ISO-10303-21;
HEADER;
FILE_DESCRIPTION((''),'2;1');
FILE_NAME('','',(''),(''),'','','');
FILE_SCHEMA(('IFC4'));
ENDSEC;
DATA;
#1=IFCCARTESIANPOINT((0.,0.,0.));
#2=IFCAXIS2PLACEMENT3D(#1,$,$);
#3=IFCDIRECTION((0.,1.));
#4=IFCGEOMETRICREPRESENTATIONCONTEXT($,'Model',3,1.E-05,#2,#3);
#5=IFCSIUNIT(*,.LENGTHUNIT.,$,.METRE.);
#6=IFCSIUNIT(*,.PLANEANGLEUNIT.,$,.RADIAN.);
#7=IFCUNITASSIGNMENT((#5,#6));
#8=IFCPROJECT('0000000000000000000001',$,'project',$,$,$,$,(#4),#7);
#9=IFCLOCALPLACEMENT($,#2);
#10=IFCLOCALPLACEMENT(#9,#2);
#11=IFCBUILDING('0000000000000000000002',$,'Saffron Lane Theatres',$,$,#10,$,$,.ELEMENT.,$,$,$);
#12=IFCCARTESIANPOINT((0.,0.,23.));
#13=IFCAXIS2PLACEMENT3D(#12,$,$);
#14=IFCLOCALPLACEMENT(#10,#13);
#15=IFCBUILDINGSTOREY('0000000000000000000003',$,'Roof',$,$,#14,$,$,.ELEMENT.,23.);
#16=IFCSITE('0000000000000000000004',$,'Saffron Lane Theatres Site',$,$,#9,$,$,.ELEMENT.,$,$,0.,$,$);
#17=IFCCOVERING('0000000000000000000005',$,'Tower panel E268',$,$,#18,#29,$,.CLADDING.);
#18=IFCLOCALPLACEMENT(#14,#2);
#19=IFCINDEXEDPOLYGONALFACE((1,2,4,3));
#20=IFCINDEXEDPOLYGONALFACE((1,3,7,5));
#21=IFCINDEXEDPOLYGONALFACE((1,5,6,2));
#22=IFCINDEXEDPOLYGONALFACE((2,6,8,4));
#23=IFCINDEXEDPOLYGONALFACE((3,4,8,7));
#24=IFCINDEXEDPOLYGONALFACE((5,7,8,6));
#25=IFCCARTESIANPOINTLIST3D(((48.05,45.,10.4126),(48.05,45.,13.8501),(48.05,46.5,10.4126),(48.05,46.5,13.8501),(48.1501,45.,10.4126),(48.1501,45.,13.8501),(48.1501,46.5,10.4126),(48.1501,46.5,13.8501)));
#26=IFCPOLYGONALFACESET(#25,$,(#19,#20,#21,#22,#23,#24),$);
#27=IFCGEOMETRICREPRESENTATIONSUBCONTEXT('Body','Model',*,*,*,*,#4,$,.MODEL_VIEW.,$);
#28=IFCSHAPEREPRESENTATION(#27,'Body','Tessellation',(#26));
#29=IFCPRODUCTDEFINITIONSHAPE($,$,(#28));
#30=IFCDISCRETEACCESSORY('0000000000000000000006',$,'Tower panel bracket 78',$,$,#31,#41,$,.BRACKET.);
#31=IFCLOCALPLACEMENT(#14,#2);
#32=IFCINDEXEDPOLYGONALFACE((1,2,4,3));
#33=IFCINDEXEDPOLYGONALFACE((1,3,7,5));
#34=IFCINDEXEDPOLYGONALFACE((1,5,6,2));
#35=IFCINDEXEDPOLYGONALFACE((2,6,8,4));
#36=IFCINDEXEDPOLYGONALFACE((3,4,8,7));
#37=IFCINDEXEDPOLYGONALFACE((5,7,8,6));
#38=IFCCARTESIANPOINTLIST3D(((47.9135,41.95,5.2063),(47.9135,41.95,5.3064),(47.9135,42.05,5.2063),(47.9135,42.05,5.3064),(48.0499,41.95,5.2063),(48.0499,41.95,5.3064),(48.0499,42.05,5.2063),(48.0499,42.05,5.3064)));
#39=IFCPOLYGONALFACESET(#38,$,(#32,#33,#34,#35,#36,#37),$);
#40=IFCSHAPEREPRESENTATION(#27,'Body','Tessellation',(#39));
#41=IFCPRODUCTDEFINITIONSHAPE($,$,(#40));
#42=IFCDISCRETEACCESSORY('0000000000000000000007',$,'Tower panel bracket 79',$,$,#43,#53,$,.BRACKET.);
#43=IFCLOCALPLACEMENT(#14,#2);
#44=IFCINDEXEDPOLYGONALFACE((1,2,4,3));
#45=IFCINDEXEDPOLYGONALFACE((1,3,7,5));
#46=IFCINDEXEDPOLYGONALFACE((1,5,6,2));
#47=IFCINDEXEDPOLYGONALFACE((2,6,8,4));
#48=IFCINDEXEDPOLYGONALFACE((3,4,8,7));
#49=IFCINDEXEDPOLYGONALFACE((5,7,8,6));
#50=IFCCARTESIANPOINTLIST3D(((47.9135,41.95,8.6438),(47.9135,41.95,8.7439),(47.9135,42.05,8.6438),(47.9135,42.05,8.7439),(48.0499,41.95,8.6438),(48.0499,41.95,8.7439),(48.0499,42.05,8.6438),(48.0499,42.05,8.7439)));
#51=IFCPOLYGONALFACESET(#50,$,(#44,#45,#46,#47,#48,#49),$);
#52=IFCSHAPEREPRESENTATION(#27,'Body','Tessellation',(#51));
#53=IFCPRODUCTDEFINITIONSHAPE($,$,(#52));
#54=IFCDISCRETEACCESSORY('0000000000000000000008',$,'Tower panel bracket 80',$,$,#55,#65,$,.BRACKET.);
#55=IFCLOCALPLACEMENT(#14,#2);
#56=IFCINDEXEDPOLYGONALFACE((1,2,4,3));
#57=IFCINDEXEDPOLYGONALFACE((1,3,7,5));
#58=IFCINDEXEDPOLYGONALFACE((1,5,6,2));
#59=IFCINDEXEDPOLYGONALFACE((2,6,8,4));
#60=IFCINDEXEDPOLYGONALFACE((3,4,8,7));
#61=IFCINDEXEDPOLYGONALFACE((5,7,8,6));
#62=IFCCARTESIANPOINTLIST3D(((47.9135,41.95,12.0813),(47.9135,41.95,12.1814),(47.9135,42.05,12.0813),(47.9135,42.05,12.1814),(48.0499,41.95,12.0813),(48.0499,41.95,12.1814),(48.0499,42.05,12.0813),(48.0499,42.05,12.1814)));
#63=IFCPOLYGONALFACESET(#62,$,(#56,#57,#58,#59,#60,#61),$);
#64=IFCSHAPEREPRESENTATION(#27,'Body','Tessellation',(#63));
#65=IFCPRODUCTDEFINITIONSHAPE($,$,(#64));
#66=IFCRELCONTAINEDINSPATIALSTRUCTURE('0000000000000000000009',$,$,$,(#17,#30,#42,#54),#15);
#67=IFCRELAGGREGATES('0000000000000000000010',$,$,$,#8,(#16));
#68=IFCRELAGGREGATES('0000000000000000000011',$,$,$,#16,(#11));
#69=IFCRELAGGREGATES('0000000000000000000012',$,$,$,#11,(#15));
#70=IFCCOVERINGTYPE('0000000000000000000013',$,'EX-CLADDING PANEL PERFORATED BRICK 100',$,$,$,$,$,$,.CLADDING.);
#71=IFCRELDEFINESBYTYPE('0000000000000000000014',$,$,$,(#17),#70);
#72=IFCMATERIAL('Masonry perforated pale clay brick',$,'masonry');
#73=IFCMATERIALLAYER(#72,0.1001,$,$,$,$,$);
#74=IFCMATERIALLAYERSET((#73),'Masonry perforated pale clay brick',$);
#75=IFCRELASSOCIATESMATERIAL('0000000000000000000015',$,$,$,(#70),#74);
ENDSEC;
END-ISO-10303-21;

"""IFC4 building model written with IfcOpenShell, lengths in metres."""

from ifc_helpers import new_model, si_unit, direction, frame, origin, origin_2d, place, context, subcontext, project, spatial, rectangle, extrude, material, layer, layer_set, type_object, element, save


model = new_model("IFC4")

# Units and contexts
model_context = context("Model", 3, precision=1e-05, world=origin(), true_north=direction((0.0, 1.0)))
body_context = subcontext(model_context, "Body", "Model", "MODEL_VIEW")
ifc_project = project(units=[si_unit("LENGTHUNIT", "METRE"), si_unit("PLANEANGLEUNIT", "RADIAN")], contexts=[model_context])

# Site, building, storey
site_placement = place(None, origin())
site = spatial("IfcSite", under=ifc_project, at=site_placement, Name="Saffron Lane Theatres Site", CompositionType="ELEMENT", RefElevation=0.0)
building_placement = place(site_placement, origin())
building = spatial("IfcBuilding", under=site, at=building_placement, Name="Saffron Lane Theatres", CompositionType="ELEMENT")
storey_placement = place(building_placement, frame((0.0, 0.0, 23.0)))
storey = spatial("IfcBuildingStorey", under=building, at=storey_placement, Name="Roof", CompositionType="ELEMENT", Elevation=23.0)

# Covering
ifc_material_1 = material(Name="Masonry perforated pale clay brick", Category="masonry")
ifc_layer_1 = layer(ifc_material_1, 0.1001)
ifc_layer_set_1 = layer_set([ifc_layer_1], Name="Masonry perforated pale clay brick")
covering_type_1 = type_object("IfcCoveringType", Name="EX-CLADDING PANEL PERFORATED BRICK 100", PredefinedType="CLADDING", material=ifc_layer_set_1)
for number, where, z_axis, x_axis, name in (
    (1, (48.1001, 45.75, 10.4126), (0.0, 0.0, 1.0), (0.0, 1.0, 0.0), "Tower panel E268"),
):
    element("IfcCovering", number, at=place(storey_placement, frame(where, z_axis=z_axis, x_axis=x_axis)), inside=storey, type_object=covering_type_1, Name=name, PredefinedType="CLADDING", context=body_context, shape_type="SweptSolid", body=[
        extrude(rectangle(XDim=1.5, YDim=0.1001, at=origin_2d()), origin(), (0.0, 0.0, 1.0), 3.4375),
    ])

# Discrete accessories
for number, where, z_axis, x_axis, name in (
    (2, (47.9817, 42.0, 5.2063), (0.0, 0.0, 1.0), (0.0, 1.0, 0.0), "Tower panel bracket 78"),
    (3, (47.9817, 42.0, 8.6438), (0.0, 0.0, 1.0), (0.0, 1.0, 0.0), "Tower panel bracket 79"),
    (4, (47.9817, 42.0, 12.0813), (0.0, 0.0, 1.0), (0.0, 1.0, 0.0), "Tower panel bracket 80"),
):
    element("IfcDiscreteAccessory", number, at=place(storey_placement, frame(where, z_axis=z_axis, x_axis=x_axis)), inside=storey, Name=name, PredefinedType="BRACKET", context=body_context, shape_type="SweptSolid", body=[
        extrude(rectangle(XDim=0.1001, YDim=0.1365, at=origin_2d()), origin(), (0.0, 0.0, 1.0), 0.1001),
    ])

save(model, "model.ifc")
